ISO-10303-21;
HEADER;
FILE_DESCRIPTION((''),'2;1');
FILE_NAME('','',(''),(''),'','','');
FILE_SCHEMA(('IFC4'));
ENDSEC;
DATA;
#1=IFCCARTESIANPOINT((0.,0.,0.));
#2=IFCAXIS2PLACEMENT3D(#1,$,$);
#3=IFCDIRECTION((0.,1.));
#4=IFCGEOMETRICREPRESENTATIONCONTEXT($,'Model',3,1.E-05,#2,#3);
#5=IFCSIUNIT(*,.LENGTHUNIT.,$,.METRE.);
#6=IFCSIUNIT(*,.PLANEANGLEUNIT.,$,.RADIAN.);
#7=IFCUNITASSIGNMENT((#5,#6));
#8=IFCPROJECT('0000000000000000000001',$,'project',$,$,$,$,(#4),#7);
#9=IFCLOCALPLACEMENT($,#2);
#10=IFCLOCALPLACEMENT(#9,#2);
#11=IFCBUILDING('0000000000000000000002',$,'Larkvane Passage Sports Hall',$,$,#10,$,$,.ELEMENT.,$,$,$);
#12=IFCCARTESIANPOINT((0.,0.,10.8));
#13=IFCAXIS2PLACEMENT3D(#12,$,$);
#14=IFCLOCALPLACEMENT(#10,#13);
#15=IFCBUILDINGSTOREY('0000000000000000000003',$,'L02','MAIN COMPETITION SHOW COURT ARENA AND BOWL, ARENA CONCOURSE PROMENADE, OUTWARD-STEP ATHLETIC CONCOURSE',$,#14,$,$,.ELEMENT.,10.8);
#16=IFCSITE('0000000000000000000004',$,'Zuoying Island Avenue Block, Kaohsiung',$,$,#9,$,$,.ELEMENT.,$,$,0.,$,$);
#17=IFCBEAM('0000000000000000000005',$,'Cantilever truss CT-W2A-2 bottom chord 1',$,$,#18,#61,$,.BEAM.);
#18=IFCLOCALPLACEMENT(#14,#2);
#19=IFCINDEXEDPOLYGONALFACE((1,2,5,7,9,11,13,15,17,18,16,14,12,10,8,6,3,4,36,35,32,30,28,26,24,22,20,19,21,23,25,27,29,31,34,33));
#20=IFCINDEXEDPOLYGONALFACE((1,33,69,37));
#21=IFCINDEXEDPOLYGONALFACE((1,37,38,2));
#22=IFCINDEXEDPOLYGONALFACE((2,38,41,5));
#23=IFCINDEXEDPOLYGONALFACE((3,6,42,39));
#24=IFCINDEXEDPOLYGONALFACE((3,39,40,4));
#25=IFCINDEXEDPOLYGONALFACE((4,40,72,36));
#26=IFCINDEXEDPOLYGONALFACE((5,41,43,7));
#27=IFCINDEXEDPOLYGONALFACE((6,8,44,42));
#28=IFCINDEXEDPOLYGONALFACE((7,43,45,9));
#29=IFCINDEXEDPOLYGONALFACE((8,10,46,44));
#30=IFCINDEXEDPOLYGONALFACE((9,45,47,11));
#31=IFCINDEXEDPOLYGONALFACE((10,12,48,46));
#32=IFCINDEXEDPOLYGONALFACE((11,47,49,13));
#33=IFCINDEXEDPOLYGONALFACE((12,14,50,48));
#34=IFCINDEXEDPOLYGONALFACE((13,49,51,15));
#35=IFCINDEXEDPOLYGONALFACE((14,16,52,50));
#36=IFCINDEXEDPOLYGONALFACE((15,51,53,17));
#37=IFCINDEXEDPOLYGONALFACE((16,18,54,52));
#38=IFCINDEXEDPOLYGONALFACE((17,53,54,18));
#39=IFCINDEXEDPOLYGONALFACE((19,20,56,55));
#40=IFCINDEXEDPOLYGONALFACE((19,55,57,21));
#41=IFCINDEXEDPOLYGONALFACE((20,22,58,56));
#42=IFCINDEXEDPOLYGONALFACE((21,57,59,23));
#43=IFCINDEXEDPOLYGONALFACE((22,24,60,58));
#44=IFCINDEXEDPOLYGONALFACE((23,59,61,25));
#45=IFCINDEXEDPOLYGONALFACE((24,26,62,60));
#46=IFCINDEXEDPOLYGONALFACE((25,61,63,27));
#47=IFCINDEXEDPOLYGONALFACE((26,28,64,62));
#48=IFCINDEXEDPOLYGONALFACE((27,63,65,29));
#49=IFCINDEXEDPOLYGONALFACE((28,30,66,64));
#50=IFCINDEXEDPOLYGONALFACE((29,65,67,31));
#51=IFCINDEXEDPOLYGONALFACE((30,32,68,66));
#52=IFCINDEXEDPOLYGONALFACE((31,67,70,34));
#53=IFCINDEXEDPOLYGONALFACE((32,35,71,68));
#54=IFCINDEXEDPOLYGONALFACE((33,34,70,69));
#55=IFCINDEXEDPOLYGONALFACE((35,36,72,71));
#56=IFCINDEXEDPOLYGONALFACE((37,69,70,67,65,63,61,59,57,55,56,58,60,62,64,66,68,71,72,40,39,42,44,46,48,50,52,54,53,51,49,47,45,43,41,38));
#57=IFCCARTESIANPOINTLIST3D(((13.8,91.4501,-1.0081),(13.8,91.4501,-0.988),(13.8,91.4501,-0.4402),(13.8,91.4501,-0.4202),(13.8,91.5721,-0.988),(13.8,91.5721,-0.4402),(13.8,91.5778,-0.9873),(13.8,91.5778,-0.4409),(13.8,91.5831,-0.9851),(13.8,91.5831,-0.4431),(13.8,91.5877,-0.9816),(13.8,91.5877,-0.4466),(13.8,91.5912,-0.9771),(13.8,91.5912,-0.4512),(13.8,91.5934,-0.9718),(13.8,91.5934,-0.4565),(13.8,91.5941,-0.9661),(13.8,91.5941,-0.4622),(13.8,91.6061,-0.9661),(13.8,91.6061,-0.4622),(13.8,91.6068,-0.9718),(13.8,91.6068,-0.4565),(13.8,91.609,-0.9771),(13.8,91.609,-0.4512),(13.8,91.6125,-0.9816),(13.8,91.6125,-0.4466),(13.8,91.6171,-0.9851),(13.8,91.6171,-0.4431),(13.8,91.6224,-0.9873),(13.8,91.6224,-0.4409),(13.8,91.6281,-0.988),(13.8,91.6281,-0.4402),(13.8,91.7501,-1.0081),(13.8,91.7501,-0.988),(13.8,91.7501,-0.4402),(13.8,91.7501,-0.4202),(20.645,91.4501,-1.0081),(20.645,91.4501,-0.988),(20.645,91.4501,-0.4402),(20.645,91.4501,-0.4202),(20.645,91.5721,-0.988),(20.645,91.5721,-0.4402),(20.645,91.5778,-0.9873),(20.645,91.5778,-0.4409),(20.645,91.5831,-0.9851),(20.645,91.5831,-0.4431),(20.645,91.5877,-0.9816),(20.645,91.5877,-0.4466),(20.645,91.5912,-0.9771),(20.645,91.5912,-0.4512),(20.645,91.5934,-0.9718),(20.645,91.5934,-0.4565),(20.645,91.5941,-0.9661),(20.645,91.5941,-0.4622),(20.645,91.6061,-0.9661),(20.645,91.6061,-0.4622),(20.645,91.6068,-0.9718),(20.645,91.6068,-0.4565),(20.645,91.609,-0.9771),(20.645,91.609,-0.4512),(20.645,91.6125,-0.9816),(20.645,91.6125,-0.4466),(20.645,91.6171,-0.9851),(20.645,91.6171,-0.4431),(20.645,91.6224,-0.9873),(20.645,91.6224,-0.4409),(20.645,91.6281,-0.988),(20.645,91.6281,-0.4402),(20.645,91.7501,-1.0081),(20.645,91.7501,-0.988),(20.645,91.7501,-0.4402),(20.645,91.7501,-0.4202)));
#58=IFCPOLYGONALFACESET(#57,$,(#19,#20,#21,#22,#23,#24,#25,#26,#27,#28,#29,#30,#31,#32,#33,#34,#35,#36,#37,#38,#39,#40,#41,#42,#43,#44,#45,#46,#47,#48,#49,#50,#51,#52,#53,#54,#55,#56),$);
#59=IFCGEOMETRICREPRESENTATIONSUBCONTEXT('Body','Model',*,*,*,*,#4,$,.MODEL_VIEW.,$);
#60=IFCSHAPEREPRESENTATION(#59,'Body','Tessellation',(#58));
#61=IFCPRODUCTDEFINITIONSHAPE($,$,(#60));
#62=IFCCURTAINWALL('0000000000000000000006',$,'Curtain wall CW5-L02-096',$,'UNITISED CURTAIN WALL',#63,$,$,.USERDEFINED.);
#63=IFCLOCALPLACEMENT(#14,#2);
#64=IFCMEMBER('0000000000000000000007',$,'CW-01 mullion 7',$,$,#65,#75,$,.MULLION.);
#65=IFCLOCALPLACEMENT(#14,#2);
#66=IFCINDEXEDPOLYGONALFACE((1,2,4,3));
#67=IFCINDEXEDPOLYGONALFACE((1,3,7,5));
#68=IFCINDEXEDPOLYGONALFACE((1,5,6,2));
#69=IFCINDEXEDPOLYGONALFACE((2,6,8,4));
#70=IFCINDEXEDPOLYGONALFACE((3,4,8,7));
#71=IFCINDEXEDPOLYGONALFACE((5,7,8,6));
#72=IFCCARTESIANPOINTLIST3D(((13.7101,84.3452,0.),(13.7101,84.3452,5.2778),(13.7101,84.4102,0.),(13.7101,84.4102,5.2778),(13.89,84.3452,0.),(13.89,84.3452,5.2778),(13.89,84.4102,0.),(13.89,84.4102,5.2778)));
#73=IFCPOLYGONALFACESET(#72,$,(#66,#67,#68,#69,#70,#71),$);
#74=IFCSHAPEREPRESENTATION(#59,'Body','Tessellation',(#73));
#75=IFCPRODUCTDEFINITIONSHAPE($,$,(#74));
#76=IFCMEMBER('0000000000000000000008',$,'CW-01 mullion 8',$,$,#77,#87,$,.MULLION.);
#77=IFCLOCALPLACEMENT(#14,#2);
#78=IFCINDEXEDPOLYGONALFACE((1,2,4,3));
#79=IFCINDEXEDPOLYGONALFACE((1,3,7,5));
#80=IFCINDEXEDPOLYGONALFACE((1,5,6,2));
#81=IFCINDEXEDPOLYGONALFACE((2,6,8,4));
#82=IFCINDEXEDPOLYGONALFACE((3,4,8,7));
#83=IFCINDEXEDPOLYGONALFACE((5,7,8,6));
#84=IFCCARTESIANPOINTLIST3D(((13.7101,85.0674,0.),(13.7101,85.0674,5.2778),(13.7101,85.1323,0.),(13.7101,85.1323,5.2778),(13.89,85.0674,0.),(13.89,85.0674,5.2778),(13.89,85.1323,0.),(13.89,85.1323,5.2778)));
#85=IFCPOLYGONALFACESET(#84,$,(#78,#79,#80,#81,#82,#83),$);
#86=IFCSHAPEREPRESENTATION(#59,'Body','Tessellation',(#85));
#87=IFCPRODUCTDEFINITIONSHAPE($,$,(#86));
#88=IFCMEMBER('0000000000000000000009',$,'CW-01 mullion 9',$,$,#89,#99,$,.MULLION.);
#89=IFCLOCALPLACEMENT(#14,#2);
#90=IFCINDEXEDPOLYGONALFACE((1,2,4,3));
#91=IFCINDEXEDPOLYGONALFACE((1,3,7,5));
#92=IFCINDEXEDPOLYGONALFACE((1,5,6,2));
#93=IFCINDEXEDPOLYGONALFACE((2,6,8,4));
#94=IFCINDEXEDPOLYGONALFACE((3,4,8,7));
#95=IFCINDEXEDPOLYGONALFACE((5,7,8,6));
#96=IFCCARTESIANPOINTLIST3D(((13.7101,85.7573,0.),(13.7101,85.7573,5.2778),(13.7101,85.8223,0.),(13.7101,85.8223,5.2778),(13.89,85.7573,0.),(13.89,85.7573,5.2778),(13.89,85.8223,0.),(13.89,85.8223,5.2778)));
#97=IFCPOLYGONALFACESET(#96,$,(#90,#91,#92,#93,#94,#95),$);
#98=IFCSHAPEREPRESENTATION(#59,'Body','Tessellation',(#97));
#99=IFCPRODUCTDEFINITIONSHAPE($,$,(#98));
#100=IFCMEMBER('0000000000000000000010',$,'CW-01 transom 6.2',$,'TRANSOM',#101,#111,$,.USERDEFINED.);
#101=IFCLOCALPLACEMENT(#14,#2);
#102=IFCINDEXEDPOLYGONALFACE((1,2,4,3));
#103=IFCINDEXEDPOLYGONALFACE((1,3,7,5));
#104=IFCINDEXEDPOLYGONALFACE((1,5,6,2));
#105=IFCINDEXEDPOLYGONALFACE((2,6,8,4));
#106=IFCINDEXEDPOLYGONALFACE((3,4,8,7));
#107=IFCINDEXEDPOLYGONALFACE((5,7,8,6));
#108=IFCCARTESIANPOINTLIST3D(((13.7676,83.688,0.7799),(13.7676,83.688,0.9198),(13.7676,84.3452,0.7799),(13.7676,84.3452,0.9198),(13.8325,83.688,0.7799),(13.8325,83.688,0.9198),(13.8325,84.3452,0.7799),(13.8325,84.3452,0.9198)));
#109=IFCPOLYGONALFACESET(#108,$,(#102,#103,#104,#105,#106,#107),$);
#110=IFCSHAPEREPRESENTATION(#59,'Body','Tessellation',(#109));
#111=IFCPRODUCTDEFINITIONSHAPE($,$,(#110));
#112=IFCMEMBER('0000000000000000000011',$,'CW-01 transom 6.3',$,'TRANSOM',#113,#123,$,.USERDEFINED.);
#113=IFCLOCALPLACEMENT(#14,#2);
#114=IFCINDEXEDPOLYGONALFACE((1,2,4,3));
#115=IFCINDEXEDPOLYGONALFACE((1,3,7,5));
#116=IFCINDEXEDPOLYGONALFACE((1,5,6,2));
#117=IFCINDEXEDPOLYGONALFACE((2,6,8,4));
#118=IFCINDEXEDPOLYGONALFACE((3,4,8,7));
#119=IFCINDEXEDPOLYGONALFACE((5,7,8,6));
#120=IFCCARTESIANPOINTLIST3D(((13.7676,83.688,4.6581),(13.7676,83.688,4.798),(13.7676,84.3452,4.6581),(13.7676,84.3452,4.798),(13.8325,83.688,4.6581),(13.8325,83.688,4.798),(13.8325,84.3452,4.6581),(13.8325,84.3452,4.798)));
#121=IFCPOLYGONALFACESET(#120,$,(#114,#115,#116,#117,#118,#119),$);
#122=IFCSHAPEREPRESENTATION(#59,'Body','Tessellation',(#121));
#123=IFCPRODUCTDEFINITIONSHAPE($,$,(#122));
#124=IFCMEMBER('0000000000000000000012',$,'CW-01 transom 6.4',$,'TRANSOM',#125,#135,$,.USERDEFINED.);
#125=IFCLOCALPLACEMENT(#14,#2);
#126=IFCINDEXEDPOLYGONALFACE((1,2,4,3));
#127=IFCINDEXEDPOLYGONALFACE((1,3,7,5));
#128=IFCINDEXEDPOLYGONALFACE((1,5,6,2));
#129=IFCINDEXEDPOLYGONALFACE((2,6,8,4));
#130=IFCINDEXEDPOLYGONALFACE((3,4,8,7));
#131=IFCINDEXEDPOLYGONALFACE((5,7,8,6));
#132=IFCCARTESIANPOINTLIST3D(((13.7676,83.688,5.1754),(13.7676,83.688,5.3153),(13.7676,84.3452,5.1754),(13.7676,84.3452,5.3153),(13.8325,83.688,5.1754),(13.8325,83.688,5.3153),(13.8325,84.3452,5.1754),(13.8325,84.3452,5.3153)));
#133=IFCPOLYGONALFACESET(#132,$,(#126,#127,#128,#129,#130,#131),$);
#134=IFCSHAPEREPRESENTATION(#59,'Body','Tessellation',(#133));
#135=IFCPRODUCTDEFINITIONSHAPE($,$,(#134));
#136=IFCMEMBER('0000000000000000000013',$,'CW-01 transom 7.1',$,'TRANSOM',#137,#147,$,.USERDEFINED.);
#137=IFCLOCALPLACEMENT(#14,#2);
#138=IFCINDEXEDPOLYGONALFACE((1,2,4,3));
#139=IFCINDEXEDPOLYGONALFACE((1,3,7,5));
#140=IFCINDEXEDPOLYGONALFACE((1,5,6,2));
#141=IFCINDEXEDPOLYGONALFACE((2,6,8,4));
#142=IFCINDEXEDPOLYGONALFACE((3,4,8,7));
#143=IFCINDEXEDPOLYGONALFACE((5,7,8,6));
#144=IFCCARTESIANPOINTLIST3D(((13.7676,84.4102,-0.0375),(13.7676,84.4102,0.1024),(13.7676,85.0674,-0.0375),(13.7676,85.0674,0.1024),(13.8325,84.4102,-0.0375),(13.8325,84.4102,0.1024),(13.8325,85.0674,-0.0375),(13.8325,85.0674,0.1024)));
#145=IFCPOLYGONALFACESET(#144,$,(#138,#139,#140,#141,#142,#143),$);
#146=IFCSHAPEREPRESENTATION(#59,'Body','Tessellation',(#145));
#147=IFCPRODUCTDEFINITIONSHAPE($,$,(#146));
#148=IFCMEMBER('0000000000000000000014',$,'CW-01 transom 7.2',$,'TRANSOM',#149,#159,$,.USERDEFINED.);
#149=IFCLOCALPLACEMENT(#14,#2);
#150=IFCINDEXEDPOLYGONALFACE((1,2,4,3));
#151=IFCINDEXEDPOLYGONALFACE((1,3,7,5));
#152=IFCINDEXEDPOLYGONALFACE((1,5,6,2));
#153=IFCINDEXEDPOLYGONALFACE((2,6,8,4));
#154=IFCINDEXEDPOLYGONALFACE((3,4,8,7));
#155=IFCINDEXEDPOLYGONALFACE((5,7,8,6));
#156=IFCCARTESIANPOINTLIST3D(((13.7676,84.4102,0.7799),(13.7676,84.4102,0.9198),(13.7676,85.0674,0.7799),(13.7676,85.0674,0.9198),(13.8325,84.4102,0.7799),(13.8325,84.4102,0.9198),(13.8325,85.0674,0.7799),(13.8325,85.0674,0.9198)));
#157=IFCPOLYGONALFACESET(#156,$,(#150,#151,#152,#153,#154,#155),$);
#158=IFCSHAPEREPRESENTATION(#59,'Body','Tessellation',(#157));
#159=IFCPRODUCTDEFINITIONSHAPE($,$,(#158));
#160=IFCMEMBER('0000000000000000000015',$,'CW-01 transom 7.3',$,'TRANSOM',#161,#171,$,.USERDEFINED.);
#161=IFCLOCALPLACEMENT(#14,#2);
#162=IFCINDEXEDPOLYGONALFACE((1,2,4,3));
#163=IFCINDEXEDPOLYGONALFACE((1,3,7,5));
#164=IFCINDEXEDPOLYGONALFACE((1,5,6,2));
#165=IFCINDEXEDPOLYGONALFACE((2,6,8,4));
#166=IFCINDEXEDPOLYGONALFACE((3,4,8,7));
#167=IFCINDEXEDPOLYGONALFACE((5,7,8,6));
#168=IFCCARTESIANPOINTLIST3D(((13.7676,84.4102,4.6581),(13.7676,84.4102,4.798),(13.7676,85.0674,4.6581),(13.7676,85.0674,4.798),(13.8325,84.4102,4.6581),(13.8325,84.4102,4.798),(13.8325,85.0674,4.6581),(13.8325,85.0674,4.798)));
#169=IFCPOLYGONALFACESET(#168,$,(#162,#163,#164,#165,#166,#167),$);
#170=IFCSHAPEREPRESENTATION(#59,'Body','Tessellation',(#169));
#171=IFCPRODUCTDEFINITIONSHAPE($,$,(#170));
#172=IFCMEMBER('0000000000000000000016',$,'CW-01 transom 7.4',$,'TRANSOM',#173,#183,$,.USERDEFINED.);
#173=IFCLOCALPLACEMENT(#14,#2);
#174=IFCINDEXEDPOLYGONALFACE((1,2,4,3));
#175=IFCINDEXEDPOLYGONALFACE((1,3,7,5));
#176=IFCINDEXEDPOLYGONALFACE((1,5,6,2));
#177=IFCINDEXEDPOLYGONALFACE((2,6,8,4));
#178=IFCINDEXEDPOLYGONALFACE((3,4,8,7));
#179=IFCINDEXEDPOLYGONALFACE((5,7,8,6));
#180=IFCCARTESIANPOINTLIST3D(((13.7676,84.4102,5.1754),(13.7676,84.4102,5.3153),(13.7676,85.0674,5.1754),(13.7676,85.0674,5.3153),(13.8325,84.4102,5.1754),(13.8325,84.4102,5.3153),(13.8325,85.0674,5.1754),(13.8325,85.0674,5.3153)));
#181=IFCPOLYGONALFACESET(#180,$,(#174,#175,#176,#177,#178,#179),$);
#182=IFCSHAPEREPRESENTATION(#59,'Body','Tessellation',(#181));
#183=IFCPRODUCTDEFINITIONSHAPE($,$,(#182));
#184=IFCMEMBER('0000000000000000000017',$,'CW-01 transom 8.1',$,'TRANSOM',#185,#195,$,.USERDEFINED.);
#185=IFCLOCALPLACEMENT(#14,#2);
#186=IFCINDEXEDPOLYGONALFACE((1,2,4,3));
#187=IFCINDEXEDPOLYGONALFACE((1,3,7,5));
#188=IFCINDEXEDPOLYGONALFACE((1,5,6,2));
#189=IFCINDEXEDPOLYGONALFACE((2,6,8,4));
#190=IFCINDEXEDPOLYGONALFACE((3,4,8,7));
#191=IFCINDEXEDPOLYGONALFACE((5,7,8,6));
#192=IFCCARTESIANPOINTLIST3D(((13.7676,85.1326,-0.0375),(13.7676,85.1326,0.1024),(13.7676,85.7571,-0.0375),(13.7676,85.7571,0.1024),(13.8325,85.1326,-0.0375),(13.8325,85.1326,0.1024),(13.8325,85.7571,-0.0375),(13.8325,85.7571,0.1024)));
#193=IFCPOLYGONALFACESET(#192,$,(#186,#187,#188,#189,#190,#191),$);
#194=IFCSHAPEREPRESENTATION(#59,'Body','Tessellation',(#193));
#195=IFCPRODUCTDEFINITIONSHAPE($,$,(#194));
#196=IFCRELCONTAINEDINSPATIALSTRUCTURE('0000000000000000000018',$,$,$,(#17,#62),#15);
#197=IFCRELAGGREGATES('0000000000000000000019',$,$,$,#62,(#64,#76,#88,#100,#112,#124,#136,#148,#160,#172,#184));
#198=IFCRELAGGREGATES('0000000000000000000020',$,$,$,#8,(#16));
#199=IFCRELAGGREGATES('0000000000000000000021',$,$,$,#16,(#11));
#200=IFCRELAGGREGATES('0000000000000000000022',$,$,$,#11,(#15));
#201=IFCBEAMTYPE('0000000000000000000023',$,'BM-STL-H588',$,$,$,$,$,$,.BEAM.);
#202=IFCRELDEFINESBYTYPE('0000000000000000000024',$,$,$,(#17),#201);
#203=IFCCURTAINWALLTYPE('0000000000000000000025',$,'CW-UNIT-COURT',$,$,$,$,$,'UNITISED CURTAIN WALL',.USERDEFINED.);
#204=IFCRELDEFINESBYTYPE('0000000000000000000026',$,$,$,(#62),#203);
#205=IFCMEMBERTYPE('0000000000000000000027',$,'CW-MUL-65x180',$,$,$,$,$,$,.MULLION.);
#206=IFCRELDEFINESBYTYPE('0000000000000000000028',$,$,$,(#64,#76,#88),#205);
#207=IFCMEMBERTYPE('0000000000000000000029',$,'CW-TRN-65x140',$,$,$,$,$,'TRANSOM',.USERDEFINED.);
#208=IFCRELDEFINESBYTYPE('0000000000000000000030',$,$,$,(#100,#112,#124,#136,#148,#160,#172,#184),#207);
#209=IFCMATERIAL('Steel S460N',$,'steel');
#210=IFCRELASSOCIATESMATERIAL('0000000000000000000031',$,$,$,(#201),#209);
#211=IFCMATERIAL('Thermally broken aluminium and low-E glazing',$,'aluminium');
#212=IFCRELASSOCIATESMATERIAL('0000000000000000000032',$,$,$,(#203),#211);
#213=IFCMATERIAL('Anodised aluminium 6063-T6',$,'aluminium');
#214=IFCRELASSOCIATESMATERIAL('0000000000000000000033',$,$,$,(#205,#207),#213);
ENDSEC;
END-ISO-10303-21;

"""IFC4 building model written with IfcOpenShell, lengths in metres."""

from ifc_helpers import new_model, si_unit, direction, frame, origin, origin_2d, place, context, subcontext, project, spatial, rectangle, i_section, extrude, material, material_profile, profile_set, type_object, element, aggregate, save


model = new_model("IFC4")

# Units and contexts
model_context = context("Model", 3, precision=1e-05, world=origin(), true_north=direction((0.0, 1.0)))
body_context = subcontext(model_context, "Body", "Model", "MODEL_VIEW")
ifc_project = project(units=[si_unit("LENGTHUNIT", "METRE"), si_unit("PLANEANGLEUNIT", "RADIAN")], contexts=[model_context])

# Site, building, storey
site_placement = place(None, origin())
site = spatial("IfcSite", under=ifc_project, at=site_placement, Name="Zuoying Island Avenue Block, Kaohsiung", CompositionType="ELEMENT", RefElevation=0.0)
building_placement = place(site_placement, origin())
building = spatial("IfcBuilding", under=site, at=building_placement, Name="Larkvane Passage Sports Hall", CompositionType="ELEMENT")
storey_placement = place(building_placement, frame((0.0, 0.0, 10.8)))
storey = spatial("IfcBuildingStorey", under=building, at=storey_placement, Name="L02", Description="MAIN COMPETITION SHOW COURT ARENA AND BOWL, ARENA CONCOURSE PROMENADE, OUTWARD-STEP ATHLETIC CONCOURSE", CompositionType="ELEMENT", Elevation=10.8)

# Beam
ifc_material_1 = material(Name="Steel S460N", Category="steel")
ifc_material_profile_1 = material_profile(ifc_material_1, i_section(OverallWidth=0.3, OverallDepth=0.5879, WebThickness=0.012, FlangeThickness=0.02, FilletRadius=0.022, at=origin_2d()), Name="H-588x300x12x20")
ifc_profile_set_1 = profile_set([ifc_material_profile_1], Name="Steel S460N")
beam_type = type_object("IfcBeamType", Name="BM-STL-H588", PredefinedType="BEAM", material=ifc_profile_set_1)
beam_placement = place(storey_placement, frame((13.8, 91.6001, -0.7141), z_axis=(1.0, 0.0, 0.0), x_axis=(0.0, 1.0, 0.0)))
element("IfcBeam", 1, at=beam_placement, inside=storey, type_object=beam_type, Name="Cantilever truss CT-W2A-2 bottom chord 1", PredefinedType="BEAM", context=body_context, shape_type="SweptSolid", body=[
    extrude(i_section(OverallWidth=0.3, OverallDepth=0.5879, WebThickness=0.012, FlangeThickness=0.02, FilletRadius=0.022, at=origin_2d()), origin(), (0.0, 0.0, 1.0), 6.845),
])

# Curtain wall, members
ifc_material_2 = material(Name="Thermally broken aluminium and low-E glazing", Category="aluminium")
curtain_wall_type = type_object("IfcCurtainWallType", Name="CW-UNIT-COURT", ElementType="UNITISED CURTAIN WALL", PredefinedType="USERDEFINED", material=ifc_material_2)
curtain_wall_placement = place(storey_placement, origin())
curtain_wall = element("IfcCurtainWall", 2, at=curtain_wall_placement, inside=storey, type_object=curtain_wall_type, Name="Curtain wall CW5-L02-096", ObjectType="UNITISED CURTAIN WALL", PredefinedType="USERDEFINED")
ifc_material_3 = material(Name="Anodised aluminium 6063-T6", Category="aluminium")
ifc_material_profile_2 = material_profile(ifc_material_3, rectangle(XDim=0.0649, YDim=0.1799, at=origin_2d()), Name="ALU-MUL-65x180")
ifc_profile_set_2 = profile_set([ifc_material_profile_2], Name="Anodised aluminium 6063-T6")
member_type_1 = type_object("IfcMemberType", Name="CW-MUL-65x180", PredefinedType="MULLION", material=ifc_profile_set_2)
member_1_placement = place(storey_placement, frame((13.8, 84.3777, 0.0), z_axis=(0.0, 0.0, 1.0), x_axis=(0.0, 1.0, 0.0)))
member_1 = element("IfcMember", 3, at=member_1_placement, type_object=member_type_1, Name="CW-01 mullion 7", PredefinedType="MULLION", context=body_context, shape_type="SweptSolid", body=[
    extrude(rectangle(XDim=0.0649, YDim=0.1799, at=origin_2d()), origin(), (0.0, 0.0, 1.0), 5.2778),
])
member_2_placement = place(storey_placement, frame((13.8, 85.0999, 0.0), z_axis=(0.0, 0.0, 1.0), x_axis=(0.0, 1.0, 0.0)))
member_2 = element("IfcMember", 4, at=member_2_placement, type_object=member_type_1, Name="CW-01 mullion 8", PredefinedType="MULLION", context=body_context, shape_type="SweptSolid", body=[
    extrude(rectangle(XDim=0.0649, YDim=0.1799, at=origin_2d()), origin(), (0.0, 0.0, 1.0), 5.2778),
])
member_3_placement = place(storey_placement, frame((13.8, 85.7898, 0.0), z_axis=(0.0, 0.0, 1.0), x_axis=(0.0, 1.0, 0.0)))
member_3 = element("IfcMember", 5, at=member_3_placement, type_object=member_type_1, Name="CW-01 mullion 9", PredefinedType="MULLION", context=body_context, shape_type="SweptSolid", body=[
    extrude(rectangle(XDim=0.0649, YDim=0.1799, at=origin_2d()), origin(), (0.0, 0.0, 1.0), 5.2778),
])
ifc_material_profile_3 = material_profile(ifc_material_3, rectangle(XDim=0.0649, YDim=0.1399, at=origin_2d()), Name="ALU-TRN-65x140")
ifc_profile_set_3 = profile_set([ifc_material_profile_3], Name="Anodised aluminium 6063-T6")
member_type_2 = type_object("IfcMemberType", Name="CW-TRN-65x140", ElementType="TRANSOM", PredefinedType="USERDEFINED", material=ifc_profile_set_3)
member_4_placement = place(storey_placement, frame((13.8, 83.688, 0.8499), z_axis=(0.0, 1.0, 0.0), x_axis=(-1.0, 0.0, 0.0)))
member_4 = element("IfcMember", 6, at=member_4_placement, type_object=member_type_2, Name="CW-01 transom 6.2", ObjectType="TRANSOM", PredefinedType="USERDEFINED", context=body_context, shape_type="SweptSolid", body=[
    extrude(rectangle(XDim=0.0649, YDim=0.1399, at=origin_2d()), origin(), (0.0, 0.0, 1.0), 0.6572),
])
member_5_placement = place(storey_placement, frame((13.8, 83.688, 4.728), z_axis=(0.0, 1.0, 0.0), x_axis=(-1.0, 0.0, 0.0)))
member_5 = element("IfcMember", 7, at=member_5_placement, type_object=member_type_2, Name="CW-01 transom 6.3", ObjectType="TRANSOM", PredefinedType="USERDEFINED", context=body_context, shape_type="SweptSolid", body=[
    extrude(rectangle(XDim=0.0649, YDim=0.1399, at=origin_2d()), origin(), (0.0, 0.0, 1.0), 0.6572),
])
member_6_placement = place(storey_placement, frame((13.8, 83.688, 5.2454), z_axis=(0.0, 1.0, 0.0), x_axis=(-1.0, 0.0, 0.0)))
member_6 = element("IfcMember", 8, at=member_6_placement, type_object=member_type_2, Name="CW-01 transom 6.4", ObjectType="TRANSOM", PredefinedType="USERDEFINED", context=body_context, shape_type="SweptSolid", body=[
    extrude(rectangle(XDim=0.0649, YDim=0.1399, at=origin_2d()), origin(), (0.0, 0.0, 1.0), 0.6572),
])
member_7_placement = place(storey_placement, frame((13.8, 84.4102, 0.0325), z_axis=(0.0, 1.0, 0.0), x_axis=(-1.0, 0.0, 0.0)))
member_7 = element("IfcMember", 9, at=member_7_placement, type_object=member_type_2, Name="CW-01 transom 7.1", ObjectType="TRANSOM", PredefinedType="USERDEFINED", context=body_context, shape_type="SweptSolid", body=[
    extrude(rectangle(XDim=0.0649, YDim=0.1399, at=origin_2d()), origin(), (0.0, 0.0, 1.0), 0.6572),
])
member_8_placement = place(storey_placement, frame((13.8, 84.4102, 0.8499), z_axis=(0.0, 1.0, 0.0), x_axis=(-1.0, 0.0, 0.0)))
member_8 = element("IfcMember", 10, at=member_8_placement, type_object=member_type_2, Name="CW-01 transom 7.2", ObjectType="TRANSOM", PredefinedType="USERDEFINED", context=body_context, shape_type="SweptSolid", body=[
    extrude(rectangle(XDim=0.0649, YDim=0.1399, at=origin_2d()), origin(), (0.0, 0.0, 1.0), 0.6572),
])
member_9_placement = place(storey_placement, frame((13.8, 84.4102, 4.728), z_axis=(0.0, 1.0, 0.0), x_axis=(-1.0, 0.0, 0.0)))
member_9 = element("IfcMember", 11, at=member_9_placement, type_object=member_type_2, Name="CW-01 transom 7.3", ObjectType="TRANSOM", PredefinedType="USERDEFINED", context=body_context, shape_type="SweptSolid", body=[
    extrude(rectangle(XDim=0.0649, YDim=0.1399, at=origin_2d()), origin(), (0.0, 0.0, 1.0), 0.6572),
])
member_10_placement = place(storey_placement, frame((13.8, 84.4102, 5.2454), z_axis=(0.0, 1.0, 0.0), x_axis=(-1.0, 0.0, 0.0)))
member_10 = element("IfcMember", 12, at=member_10_placement, type_object=member_type_2, Name="CW-01 transom 7.4", ObjectType="TRANSOM", PredefinedType="USERDEFINED", context=body_context, shape_type="SweptSolid", body=[
    extrude(rectangle(XDim=0.0649, YDim=0.1399, at=origin_2d()), origin(), (0.0, 0.0, 1.0), 0.6572),
])
member_11_placement = place(storey_placement, frame((13.8, 85.1326, 0.0325), z_axis=(0.0, 1.0, 0.0), x_axis=(-1.0, 0.0, 0.0)))
member_11 = element("IfcMember", 13, at=member_11_placement, type_object=member_type_2, Name="CW-01 transom 8.1", ObjectType="TRANSOM", PredefinedType="USERDEFINED", context=body_context, shape_type="SweptSolid", body=[
    extrude(rectangle(XDim=0.0649, YDim=0.1399, at=origin_2d()), origin(), (0.0, 0.0, 1.0), 0.6245),
])
aggregate(curtain_wall, [member_1, member_2, member_3, member_4, member_5, member_6, member_7, member_8, member_9, member_10, member_11])

save(model, "model.ifc")
